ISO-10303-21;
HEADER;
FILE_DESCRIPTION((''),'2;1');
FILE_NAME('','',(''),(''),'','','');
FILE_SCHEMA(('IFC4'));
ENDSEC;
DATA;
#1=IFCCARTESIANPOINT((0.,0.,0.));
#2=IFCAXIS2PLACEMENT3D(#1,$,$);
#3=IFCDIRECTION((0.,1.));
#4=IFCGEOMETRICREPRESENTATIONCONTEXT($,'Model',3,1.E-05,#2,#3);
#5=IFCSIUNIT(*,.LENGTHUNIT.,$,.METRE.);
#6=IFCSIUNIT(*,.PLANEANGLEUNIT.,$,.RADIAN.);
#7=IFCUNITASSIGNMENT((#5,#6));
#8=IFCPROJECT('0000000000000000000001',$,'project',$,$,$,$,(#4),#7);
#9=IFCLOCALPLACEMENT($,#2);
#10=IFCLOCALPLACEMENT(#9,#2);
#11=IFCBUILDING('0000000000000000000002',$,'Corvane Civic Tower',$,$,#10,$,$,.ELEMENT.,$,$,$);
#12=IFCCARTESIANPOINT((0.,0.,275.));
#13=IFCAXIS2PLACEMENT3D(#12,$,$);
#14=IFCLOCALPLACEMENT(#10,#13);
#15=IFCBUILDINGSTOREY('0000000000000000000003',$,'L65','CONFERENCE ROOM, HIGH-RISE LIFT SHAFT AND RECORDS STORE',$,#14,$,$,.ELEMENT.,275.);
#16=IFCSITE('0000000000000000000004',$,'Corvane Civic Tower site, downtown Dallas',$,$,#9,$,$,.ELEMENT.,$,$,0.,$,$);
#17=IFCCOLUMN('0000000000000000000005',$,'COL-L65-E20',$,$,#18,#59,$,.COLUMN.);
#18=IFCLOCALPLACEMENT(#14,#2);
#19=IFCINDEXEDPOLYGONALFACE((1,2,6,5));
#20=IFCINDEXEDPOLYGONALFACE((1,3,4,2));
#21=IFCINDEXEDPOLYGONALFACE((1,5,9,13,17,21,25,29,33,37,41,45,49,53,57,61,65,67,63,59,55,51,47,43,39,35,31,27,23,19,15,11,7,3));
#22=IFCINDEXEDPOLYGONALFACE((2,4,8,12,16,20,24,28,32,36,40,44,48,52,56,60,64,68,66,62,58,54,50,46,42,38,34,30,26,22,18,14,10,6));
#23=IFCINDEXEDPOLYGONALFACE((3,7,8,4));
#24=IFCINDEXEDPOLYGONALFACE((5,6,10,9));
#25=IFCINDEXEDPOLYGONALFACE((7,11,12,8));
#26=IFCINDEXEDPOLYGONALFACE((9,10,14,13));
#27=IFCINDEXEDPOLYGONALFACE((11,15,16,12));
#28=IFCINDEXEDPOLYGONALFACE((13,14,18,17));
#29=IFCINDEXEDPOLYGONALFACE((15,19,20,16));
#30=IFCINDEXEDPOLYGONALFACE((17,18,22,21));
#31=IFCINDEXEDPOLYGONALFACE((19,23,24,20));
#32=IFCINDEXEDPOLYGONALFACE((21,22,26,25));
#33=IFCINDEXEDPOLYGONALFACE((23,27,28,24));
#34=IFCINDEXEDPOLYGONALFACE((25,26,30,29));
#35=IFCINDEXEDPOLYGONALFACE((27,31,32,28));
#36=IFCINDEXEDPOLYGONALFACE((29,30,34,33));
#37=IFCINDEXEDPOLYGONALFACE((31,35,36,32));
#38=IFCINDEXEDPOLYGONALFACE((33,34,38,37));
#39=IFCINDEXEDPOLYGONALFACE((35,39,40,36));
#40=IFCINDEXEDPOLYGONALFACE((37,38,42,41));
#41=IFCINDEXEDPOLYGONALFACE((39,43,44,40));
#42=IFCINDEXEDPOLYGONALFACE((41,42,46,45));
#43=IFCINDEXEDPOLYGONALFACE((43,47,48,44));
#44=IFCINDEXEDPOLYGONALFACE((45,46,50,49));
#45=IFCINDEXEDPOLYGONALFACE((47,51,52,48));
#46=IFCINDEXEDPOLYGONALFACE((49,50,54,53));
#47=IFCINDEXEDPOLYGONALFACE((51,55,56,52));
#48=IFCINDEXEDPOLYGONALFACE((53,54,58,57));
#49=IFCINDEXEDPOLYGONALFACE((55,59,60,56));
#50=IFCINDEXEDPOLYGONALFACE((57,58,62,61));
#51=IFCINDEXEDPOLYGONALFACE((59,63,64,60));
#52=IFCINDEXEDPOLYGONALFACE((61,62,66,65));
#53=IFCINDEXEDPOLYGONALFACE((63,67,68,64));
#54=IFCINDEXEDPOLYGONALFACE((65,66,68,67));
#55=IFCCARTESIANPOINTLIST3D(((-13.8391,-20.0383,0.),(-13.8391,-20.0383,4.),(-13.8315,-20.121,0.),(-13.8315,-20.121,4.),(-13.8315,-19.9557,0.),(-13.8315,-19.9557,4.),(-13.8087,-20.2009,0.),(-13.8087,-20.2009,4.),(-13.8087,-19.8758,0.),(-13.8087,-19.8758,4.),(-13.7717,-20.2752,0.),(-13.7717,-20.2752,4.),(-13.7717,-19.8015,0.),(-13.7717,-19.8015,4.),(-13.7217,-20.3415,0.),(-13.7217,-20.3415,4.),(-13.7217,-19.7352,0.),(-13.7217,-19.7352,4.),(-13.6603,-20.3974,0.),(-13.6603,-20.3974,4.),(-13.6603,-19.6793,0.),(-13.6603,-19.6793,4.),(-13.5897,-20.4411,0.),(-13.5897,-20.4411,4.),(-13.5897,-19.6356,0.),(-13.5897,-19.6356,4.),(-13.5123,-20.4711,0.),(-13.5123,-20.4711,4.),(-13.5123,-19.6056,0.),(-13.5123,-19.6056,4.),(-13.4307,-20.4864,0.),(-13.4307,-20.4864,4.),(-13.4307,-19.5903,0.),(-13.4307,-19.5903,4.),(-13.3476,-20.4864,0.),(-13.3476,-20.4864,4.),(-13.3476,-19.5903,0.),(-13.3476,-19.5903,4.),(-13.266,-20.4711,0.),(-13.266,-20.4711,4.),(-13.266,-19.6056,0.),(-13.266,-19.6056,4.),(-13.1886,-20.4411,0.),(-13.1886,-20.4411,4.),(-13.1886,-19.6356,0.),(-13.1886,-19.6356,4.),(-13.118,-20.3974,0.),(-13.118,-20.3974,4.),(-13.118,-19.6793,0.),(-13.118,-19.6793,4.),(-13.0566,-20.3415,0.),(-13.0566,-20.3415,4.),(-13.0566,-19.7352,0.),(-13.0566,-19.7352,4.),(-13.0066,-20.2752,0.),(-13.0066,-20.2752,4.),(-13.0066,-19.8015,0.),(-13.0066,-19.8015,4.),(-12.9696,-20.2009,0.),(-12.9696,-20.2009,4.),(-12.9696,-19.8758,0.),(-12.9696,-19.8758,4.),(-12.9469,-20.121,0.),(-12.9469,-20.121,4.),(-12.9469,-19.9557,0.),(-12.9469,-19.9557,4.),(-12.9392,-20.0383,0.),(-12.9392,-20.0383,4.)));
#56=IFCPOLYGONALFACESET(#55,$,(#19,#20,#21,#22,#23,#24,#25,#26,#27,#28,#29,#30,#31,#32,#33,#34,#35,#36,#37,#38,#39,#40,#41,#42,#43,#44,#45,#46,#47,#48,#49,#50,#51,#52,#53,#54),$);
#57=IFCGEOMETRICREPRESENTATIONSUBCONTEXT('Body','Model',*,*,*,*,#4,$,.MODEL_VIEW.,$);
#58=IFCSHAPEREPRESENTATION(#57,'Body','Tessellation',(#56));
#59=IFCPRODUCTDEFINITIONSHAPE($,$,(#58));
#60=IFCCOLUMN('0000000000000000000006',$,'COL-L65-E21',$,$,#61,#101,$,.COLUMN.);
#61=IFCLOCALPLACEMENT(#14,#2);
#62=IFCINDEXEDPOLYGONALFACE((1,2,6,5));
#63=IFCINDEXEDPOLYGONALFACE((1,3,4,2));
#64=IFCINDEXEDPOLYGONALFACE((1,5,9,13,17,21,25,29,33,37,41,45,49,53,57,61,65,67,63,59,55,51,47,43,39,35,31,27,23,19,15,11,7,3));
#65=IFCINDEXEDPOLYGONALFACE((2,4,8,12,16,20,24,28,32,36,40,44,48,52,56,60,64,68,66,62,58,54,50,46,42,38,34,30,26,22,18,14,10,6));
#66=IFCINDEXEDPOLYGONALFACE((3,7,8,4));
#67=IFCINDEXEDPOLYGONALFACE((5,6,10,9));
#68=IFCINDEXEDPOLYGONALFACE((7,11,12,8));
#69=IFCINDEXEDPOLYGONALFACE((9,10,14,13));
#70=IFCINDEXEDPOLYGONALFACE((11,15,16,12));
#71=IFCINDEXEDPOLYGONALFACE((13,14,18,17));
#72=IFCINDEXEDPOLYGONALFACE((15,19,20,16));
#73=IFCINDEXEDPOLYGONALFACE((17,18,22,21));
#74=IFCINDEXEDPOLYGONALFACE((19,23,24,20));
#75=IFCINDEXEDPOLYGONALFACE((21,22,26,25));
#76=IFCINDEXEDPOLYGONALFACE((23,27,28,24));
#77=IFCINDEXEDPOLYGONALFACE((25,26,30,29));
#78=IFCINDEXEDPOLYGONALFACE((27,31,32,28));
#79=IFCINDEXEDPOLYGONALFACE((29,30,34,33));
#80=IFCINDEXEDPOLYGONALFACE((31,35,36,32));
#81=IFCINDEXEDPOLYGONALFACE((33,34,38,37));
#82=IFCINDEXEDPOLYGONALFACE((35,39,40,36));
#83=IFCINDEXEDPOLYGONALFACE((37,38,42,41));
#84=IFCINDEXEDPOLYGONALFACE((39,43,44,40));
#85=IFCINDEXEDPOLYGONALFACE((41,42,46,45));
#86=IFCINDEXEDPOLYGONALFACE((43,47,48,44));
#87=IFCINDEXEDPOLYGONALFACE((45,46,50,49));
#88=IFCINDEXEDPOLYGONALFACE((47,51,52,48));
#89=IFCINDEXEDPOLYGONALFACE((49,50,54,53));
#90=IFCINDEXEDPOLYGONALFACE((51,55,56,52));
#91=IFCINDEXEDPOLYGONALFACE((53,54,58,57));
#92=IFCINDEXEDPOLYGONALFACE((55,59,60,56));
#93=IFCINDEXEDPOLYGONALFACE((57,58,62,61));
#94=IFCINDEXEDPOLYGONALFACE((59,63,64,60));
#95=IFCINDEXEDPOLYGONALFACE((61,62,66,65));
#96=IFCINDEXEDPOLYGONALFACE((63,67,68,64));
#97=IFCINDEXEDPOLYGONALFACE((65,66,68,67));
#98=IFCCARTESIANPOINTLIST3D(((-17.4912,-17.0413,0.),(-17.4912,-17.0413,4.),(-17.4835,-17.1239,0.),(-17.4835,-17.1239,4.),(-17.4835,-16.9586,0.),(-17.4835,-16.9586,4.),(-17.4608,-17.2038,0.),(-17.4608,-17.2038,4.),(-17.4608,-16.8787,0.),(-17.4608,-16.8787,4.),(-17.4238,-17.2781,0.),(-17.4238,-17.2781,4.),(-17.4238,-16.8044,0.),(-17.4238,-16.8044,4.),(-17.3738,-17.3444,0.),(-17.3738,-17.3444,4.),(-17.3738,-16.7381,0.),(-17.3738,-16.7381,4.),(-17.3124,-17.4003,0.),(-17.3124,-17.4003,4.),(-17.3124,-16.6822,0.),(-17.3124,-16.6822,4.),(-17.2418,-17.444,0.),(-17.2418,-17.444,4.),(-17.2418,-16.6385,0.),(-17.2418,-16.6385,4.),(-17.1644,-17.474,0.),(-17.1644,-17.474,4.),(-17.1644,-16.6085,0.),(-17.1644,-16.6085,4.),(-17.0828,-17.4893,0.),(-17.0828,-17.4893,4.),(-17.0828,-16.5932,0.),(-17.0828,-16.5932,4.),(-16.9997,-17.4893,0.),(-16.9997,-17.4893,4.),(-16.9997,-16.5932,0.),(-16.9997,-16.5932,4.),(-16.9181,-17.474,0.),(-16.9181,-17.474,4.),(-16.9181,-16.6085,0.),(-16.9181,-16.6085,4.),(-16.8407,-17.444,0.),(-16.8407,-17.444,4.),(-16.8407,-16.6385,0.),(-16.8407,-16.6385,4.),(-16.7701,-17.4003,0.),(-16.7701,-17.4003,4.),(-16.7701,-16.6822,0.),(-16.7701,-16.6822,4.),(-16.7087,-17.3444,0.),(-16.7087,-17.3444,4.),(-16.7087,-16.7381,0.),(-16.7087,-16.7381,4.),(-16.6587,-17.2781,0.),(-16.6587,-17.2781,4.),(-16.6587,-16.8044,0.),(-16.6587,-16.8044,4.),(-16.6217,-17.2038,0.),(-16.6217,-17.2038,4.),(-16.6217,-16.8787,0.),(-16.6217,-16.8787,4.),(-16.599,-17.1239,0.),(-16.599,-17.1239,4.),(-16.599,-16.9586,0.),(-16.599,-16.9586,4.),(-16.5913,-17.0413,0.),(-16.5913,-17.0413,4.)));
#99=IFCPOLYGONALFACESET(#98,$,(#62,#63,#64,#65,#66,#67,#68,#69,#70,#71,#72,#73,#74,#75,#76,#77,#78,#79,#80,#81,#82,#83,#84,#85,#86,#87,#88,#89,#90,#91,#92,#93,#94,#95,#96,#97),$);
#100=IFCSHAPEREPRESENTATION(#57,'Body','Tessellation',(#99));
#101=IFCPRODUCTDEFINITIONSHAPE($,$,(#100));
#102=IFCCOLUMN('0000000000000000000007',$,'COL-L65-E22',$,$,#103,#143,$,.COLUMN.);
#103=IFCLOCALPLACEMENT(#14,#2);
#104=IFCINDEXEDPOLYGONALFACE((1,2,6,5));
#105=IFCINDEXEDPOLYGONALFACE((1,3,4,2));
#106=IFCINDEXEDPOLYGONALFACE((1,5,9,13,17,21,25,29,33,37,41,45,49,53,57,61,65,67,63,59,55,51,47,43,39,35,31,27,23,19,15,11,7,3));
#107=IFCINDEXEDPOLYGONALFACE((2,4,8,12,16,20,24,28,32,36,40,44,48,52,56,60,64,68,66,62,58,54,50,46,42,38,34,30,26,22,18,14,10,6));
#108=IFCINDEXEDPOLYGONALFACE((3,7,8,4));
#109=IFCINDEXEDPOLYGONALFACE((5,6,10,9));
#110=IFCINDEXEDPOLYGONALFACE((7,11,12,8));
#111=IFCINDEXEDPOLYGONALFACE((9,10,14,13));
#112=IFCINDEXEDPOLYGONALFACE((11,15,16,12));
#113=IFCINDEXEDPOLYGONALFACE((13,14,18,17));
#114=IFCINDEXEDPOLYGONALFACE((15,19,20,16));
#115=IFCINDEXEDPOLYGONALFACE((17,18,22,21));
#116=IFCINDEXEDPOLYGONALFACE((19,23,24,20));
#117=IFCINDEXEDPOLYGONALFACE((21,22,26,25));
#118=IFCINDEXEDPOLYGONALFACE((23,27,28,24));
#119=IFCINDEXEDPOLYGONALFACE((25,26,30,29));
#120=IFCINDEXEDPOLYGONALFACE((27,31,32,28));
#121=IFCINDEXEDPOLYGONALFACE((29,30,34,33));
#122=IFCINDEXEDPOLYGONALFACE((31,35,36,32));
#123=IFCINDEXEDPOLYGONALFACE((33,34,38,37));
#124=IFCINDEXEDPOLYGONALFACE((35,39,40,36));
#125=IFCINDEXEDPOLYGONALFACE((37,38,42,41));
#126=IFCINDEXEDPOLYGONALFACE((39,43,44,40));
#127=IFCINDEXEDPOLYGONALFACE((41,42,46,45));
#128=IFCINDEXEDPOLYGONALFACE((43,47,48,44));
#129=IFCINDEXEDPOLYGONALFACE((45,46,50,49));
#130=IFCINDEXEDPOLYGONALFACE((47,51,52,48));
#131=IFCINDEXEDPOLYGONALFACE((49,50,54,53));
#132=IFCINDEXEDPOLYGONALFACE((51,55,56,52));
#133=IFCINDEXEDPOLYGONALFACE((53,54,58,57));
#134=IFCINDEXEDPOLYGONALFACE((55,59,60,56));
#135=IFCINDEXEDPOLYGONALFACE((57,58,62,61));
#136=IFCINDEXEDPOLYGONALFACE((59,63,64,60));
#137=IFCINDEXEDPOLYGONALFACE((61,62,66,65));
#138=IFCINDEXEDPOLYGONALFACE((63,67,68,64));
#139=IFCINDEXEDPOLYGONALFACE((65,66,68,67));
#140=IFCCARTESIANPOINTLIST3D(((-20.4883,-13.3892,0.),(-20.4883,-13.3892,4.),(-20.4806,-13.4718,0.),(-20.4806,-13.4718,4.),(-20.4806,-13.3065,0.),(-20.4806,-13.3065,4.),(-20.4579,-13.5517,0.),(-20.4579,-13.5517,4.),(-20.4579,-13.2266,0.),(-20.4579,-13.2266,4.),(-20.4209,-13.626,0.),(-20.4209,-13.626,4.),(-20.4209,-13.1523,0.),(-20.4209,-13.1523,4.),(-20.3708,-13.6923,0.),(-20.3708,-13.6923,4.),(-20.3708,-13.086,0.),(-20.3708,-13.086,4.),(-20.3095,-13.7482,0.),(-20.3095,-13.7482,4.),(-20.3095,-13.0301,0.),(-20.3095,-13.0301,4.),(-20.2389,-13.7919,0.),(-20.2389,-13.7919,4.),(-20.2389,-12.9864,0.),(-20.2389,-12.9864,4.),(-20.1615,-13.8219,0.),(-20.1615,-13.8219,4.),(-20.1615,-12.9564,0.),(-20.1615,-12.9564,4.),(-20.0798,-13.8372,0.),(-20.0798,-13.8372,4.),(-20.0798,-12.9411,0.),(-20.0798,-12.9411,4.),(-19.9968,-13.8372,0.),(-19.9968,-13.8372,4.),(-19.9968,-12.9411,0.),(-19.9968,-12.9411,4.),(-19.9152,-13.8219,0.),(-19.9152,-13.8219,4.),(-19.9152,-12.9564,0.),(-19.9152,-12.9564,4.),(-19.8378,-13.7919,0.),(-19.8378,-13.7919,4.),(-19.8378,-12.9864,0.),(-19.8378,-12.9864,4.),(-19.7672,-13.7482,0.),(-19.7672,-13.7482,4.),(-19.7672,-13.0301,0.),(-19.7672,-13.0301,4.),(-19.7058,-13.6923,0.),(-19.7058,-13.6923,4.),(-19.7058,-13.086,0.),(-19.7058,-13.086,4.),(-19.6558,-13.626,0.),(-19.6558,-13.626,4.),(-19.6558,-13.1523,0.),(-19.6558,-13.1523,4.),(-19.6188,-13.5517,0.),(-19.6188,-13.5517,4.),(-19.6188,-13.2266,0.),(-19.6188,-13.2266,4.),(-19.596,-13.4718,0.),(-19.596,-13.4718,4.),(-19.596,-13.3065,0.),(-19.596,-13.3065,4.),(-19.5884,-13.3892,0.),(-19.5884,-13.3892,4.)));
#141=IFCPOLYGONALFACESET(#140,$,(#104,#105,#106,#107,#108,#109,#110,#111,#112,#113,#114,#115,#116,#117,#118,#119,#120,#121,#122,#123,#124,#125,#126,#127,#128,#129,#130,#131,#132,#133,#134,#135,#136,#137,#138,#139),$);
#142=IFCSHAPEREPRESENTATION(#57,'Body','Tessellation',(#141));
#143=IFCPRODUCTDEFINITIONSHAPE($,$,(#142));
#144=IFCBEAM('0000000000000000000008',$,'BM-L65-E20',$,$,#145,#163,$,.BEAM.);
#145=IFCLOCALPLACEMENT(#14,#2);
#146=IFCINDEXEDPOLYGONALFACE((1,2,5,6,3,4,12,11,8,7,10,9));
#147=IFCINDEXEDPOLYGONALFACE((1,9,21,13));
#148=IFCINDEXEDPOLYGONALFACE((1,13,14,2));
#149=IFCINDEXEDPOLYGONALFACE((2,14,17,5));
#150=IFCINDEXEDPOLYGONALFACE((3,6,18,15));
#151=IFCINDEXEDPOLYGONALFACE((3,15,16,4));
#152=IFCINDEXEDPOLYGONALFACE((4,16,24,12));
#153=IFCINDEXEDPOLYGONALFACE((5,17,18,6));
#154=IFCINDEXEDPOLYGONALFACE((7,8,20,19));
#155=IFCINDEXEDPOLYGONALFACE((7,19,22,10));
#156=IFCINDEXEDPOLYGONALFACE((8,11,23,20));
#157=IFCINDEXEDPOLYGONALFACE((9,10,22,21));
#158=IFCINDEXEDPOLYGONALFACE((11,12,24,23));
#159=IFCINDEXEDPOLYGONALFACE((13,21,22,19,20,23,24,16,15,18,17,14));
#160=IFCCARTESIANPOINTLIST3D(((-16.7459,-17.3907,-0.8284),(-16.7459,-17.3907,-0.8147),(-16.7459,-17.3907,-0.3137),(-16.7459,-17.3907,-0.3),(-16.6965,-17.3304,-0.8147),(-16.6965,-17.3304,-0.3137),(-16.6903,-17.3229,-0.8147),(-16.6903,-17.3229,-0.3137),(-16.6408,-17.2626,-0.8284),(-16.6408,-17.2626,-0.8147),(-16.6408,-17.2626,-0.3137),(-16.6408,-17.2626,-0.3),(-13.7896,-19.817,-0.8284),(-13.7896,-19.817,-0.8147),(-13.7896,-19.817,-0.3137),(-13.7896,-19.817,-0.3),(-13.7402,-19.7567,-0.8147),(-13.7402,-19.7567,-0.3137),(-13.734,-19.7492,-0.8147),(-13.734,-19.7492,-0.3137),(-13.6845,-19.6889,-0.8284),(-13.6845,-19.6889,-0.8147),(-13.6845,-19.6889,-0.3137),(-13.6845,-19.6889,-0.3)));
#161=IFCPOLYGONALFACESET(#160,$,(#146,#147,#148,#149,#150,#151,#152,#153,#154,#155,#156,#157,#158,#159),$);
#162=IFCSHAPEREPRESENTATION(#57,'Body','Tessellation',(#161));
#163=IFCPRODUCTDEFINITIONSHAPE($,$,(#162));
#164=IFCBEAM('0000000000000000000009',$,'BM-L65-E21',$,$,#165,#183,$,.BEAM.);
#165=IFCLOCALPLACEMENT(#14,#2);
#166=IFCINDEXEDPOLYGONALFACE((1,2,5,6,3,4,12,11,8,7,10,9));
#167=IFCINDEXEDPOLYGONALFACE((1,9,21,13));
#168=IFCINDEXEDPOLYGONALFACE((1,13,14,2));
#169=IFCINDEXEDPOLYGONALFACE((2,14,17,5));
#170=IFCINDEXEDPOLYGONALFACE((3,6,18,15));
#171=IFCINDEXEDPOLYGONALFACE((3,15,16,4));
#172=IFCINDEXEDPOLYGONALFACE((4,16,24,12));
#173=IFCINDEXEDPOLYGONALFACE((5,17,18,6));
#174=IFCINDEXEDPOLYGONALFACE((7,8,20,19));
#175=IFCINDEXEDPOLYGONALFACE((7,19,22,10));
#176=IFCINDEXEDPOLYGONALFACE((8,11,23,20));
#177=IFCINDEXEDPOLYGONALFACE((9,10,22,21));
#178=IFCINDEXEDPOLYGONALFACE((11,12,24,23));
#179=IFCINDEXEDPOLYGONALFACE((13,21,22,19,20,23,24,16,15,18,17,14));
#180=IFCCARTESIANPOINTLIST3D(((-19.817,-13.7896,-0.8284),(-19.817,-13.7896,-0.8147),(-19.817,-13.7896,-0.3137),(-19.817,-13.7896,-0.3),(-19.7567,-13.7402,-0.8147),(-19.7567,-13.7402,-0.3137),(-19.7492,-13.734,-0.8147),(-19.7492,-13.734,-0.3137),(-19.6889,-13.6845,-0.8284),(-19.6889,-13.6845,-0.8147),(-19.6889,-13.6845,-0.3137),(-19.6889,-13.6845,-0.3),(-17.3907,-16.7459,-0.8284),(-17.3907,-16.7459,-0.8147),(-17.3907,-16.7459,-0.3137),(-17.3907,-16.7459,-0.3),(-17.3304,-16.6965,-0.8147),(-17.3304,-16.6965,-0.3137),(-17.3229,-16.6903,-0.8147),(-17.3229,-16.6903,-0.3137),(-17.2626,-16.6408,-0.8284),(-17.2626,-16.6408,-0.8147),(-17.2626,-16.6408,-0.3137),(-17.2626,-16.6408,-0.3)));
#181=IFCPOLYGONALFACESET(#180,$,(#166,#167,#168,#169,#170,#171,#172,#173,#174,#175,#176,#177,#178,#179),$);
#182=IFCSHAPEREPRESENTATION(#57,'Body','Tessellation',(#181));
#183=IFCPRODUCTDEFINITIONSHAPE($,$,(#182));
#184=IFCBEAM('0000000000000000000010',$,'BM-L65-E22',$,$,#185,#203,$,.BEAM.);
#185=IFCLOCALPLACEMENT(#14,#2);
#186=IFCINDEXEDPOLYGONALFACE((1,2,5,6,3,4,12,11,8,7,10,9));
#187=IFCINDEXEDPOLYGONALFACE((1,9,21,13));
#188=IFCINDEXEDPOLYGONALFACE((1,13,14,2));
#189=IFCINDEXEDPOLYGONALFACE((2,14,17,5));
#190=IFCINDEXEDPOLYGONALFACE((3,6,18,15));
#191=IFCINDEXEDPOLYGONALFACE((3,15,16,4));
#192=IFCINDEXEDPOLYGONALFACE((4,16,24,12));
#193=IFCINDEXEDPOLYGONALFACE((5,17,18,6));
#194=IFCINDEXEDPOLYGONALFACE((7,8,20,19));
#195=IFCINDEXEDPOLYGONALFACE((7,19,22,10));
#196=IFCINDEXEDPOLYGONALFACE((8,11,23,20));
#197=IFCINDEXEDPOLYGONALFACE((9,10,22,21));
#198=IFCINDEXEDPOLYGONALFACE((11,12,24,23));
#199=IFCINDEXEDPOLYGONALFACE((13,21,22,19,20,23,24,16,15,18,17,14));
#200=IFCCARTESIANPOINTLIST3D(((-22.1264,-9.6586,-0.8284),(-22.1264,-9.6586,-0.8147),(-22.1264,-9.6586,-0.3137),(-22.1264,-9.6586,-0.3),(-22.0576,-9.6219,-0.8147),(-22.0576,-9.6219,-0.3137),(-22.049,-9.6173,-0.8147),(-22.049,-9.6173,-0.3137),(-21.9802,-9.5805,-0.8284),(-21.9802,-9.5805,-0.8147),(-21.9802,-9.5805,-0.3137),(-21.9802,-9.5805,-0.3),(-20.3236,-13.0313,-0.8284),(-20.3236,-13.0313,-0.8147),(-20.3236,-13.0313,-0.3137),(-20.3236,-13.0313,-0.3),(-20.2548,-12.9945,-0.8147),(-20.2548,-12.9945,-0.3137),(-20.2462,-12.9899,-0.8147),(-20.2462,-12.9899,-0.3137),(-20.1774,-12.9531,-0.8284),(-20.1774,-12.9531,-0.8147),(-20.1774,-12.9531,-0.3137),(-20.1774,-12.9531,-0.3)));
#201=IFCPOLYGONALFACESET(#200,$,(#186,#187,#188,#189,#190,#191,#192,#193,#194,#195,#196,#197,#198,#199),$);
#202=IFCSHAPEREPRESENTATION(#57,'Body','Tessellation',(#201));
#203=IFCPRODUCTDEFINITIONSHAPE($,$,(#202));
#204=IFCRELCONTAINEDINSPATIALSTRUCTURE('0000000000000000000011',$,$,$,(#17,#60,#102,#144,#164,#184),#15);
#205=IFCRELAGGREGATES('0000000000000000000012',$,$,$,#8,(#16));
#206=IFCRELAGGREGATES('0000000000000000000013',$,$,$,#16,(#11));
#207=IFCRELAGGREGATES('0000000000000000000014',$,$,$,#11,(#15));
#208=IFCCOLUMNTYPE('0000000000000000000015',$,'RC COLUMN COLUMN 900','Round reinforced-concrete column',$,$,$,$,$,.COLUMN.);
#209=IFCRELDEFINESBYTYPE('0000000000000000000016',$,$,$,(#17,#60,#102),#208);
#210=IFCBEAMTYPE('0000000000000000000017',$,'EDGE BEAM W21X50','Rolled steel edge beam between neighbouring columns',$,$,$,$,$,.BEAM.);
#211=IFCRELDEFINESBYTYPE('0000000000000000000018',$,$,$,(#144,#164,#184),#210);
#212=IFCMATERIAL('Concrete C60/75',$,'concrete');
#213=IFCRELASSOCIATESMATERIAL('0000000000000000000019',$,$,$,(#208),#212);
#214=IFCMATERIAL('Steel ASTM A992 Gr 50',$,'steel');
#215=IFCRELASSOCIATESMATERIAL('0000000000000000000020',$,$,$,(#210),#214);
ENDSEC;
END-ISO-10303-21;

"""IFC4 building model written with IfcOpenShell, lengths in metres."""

from ifc_helpers import new_model, si_unit, direction, frame, origin, origin_2d, place, context, subcontext, project, spatial, circle, i_section, extrude, material, material_profile, profile_set, type_object, element, save


model = new_model("IFC4")

# Units and contexts
model_context = context("Model", 3, precision=1e-05, world=origin(), true_north=direction((0.0, 1.0)))
body_context = subcontext(model_context, "Body", "Model", "MODEL_VIEW")
ifc_project = project(units=[si_unit("LENGTHUNIT", "METRE"), si_unit("PLANEANGLEUNIT", "RADIAN")], contexts=[model_context])

# Site, building, storey
site_placement = place(None, origin())
site = spatial("IfcSite", under=ifc_project, at=site_placement, Name="Corvane Civic Tower site, downtown Dallas", CompositionType="ELEMENT", RefElevation=0.0)
building_placement = place(site_placement, origin())
building = spatial("IfcBuilding", under=site, at=building_placement, Name="Corvane Civic Tower", CompositionType="ELEMENT")
storey_placement = place(building_placement, frame((0.0, 0.0, 275.0)))
storey = spatial("IfcBuildingStorey", under=building, at=storey_placement, Name="L65", Description="CONFERENCE ROOM, HIGH-RISE LIFT SHAFT AND RECORDS STORE", CompositionType="ELEMENT", Elevation=275.0)

# Columns
ifc_material_1 = material(Name="Concrete C60/75", Category="concrete")
ifc_material_profile_1 = material_profile(ifc_material_1, circle(Radius=0.45, at=origin_2d()), Name="COLUMN 900")
ifc_profile_set_1 = profile_set([ifc_material_profile_1], Name="Concrete C60/75")
column_type = type_object("IfcColumnType", Name="RC COLUMN COLUMN 900", Description="Round reinforced-concrete column", PredefinedType="COLUMN", material=ifc_profile_set_1)
for number, where, z_axis, x_axis, name in (
    (1, (-13.3892, -20.0383, 0.0), (0.0, 0.0, 1.0), (1.0, 0.0, 0.0), "COL-L65-E20"),
    (2, (-17.0413, -17.0413, 0.0), (0.0, 0.0, 1.0), (1.0, 0.0, 0.0), "COL-L65-E21"),
    (3, (-20.0383, -13.3892, 0.0), (0.0, 0.0, 1.0), (1.0, 0.0, 0.0), "COL-L65-E22"),
):
    element("IfcColumn", number, at=place(storey_placement, frame(where, z_axis=z_axis, x_axis=x_axis)), inside=storey, type_object=column_type, Name=name, PredefinedType="COLUMN", context=body_context, shape_type="SweptSolid", body=[
        extrude(circle(Radius=0.45, at=origin_2d()), origin(), (0.0, 0.0, 1.0), 4.0),
    ])

# Beams
ifc_material_2 = material(Name="Steel ASTM A992 Gr 50", Category="steel")
ifc_material_profile_2 = material_profile(ifc_material_2, i_section(OverallWidth=0.1658, OverallDepth=0.5283, WebThickness=0.0098, FlangeThickness=0.0137, at=origin_2d()), Name="W21X50")
ifc_profile_set_2 = profile_set([ifc_material_profile_2], Name="Steel ASTM A992 Gr 50")
beam_type_1 = type_object("IfcBeamType", Name="EDGE BEAM W21X50", Description="Rolled steel edge beam between neighbouring columns", PredefinedType="BEAM", material=ifc_profile_set_2)
for number, where, z_axis, x_axis, name in (
    (4, (-13.7371, -19.7529, -0.5642), (-0.772998, 0.634409, 0.0), (-0.634409, -0.772998, 0.0), "BM-L65-E20"),
    (5, (-17.3267, -16.6934, -0.5642), (-0.634409, 0.772998, 0.0), (-0.772998, -0.634409, 0.0), "BM-L65-E21"),
):
    element("IfcBeam", number, at=place(storey_placement, frame(where, z_axis=z_axis, x_axis=x_axis)), inside=storey, type_object=beam_type_1, Name=name, PredefinedType="BEAM", context=body_context, shape_type="SweptSolid", body=[
        extrude(i_section(OverallWidth=0.1658, OverallDepth=0.5283, WebThickness=0.0098, FlangeThickness=0.0137, at=origin_2d()), origin(), (0.0, 0.0, 1.0), 3.8245),
    ])
beam_1_placement = place(storey_placement, frame((-20.2505, -12.9922, -0.5642), z_axis=(-0.47141, 0.881914, 0.0), x_axis=(-0.881914, -0.47141, 0.0)))
element("IfcBeam", 6, at=beam_1_placement, inside=storey, type_object=beam_type_1, Name="BM-L65-E22", PredefinedType="BEAM", context=body_context, shape_type="SweptSolid", body=[
    extrude(i_section(OverallWidth=0.1658, OverallDepth=0.5283, WebThickness=0.0098, FlangeThickness=0.0137, at=origin_2d()), origin(), (0.0, 0.0, 1.0), 3.8242),
])

save(model, "model.ifc")
